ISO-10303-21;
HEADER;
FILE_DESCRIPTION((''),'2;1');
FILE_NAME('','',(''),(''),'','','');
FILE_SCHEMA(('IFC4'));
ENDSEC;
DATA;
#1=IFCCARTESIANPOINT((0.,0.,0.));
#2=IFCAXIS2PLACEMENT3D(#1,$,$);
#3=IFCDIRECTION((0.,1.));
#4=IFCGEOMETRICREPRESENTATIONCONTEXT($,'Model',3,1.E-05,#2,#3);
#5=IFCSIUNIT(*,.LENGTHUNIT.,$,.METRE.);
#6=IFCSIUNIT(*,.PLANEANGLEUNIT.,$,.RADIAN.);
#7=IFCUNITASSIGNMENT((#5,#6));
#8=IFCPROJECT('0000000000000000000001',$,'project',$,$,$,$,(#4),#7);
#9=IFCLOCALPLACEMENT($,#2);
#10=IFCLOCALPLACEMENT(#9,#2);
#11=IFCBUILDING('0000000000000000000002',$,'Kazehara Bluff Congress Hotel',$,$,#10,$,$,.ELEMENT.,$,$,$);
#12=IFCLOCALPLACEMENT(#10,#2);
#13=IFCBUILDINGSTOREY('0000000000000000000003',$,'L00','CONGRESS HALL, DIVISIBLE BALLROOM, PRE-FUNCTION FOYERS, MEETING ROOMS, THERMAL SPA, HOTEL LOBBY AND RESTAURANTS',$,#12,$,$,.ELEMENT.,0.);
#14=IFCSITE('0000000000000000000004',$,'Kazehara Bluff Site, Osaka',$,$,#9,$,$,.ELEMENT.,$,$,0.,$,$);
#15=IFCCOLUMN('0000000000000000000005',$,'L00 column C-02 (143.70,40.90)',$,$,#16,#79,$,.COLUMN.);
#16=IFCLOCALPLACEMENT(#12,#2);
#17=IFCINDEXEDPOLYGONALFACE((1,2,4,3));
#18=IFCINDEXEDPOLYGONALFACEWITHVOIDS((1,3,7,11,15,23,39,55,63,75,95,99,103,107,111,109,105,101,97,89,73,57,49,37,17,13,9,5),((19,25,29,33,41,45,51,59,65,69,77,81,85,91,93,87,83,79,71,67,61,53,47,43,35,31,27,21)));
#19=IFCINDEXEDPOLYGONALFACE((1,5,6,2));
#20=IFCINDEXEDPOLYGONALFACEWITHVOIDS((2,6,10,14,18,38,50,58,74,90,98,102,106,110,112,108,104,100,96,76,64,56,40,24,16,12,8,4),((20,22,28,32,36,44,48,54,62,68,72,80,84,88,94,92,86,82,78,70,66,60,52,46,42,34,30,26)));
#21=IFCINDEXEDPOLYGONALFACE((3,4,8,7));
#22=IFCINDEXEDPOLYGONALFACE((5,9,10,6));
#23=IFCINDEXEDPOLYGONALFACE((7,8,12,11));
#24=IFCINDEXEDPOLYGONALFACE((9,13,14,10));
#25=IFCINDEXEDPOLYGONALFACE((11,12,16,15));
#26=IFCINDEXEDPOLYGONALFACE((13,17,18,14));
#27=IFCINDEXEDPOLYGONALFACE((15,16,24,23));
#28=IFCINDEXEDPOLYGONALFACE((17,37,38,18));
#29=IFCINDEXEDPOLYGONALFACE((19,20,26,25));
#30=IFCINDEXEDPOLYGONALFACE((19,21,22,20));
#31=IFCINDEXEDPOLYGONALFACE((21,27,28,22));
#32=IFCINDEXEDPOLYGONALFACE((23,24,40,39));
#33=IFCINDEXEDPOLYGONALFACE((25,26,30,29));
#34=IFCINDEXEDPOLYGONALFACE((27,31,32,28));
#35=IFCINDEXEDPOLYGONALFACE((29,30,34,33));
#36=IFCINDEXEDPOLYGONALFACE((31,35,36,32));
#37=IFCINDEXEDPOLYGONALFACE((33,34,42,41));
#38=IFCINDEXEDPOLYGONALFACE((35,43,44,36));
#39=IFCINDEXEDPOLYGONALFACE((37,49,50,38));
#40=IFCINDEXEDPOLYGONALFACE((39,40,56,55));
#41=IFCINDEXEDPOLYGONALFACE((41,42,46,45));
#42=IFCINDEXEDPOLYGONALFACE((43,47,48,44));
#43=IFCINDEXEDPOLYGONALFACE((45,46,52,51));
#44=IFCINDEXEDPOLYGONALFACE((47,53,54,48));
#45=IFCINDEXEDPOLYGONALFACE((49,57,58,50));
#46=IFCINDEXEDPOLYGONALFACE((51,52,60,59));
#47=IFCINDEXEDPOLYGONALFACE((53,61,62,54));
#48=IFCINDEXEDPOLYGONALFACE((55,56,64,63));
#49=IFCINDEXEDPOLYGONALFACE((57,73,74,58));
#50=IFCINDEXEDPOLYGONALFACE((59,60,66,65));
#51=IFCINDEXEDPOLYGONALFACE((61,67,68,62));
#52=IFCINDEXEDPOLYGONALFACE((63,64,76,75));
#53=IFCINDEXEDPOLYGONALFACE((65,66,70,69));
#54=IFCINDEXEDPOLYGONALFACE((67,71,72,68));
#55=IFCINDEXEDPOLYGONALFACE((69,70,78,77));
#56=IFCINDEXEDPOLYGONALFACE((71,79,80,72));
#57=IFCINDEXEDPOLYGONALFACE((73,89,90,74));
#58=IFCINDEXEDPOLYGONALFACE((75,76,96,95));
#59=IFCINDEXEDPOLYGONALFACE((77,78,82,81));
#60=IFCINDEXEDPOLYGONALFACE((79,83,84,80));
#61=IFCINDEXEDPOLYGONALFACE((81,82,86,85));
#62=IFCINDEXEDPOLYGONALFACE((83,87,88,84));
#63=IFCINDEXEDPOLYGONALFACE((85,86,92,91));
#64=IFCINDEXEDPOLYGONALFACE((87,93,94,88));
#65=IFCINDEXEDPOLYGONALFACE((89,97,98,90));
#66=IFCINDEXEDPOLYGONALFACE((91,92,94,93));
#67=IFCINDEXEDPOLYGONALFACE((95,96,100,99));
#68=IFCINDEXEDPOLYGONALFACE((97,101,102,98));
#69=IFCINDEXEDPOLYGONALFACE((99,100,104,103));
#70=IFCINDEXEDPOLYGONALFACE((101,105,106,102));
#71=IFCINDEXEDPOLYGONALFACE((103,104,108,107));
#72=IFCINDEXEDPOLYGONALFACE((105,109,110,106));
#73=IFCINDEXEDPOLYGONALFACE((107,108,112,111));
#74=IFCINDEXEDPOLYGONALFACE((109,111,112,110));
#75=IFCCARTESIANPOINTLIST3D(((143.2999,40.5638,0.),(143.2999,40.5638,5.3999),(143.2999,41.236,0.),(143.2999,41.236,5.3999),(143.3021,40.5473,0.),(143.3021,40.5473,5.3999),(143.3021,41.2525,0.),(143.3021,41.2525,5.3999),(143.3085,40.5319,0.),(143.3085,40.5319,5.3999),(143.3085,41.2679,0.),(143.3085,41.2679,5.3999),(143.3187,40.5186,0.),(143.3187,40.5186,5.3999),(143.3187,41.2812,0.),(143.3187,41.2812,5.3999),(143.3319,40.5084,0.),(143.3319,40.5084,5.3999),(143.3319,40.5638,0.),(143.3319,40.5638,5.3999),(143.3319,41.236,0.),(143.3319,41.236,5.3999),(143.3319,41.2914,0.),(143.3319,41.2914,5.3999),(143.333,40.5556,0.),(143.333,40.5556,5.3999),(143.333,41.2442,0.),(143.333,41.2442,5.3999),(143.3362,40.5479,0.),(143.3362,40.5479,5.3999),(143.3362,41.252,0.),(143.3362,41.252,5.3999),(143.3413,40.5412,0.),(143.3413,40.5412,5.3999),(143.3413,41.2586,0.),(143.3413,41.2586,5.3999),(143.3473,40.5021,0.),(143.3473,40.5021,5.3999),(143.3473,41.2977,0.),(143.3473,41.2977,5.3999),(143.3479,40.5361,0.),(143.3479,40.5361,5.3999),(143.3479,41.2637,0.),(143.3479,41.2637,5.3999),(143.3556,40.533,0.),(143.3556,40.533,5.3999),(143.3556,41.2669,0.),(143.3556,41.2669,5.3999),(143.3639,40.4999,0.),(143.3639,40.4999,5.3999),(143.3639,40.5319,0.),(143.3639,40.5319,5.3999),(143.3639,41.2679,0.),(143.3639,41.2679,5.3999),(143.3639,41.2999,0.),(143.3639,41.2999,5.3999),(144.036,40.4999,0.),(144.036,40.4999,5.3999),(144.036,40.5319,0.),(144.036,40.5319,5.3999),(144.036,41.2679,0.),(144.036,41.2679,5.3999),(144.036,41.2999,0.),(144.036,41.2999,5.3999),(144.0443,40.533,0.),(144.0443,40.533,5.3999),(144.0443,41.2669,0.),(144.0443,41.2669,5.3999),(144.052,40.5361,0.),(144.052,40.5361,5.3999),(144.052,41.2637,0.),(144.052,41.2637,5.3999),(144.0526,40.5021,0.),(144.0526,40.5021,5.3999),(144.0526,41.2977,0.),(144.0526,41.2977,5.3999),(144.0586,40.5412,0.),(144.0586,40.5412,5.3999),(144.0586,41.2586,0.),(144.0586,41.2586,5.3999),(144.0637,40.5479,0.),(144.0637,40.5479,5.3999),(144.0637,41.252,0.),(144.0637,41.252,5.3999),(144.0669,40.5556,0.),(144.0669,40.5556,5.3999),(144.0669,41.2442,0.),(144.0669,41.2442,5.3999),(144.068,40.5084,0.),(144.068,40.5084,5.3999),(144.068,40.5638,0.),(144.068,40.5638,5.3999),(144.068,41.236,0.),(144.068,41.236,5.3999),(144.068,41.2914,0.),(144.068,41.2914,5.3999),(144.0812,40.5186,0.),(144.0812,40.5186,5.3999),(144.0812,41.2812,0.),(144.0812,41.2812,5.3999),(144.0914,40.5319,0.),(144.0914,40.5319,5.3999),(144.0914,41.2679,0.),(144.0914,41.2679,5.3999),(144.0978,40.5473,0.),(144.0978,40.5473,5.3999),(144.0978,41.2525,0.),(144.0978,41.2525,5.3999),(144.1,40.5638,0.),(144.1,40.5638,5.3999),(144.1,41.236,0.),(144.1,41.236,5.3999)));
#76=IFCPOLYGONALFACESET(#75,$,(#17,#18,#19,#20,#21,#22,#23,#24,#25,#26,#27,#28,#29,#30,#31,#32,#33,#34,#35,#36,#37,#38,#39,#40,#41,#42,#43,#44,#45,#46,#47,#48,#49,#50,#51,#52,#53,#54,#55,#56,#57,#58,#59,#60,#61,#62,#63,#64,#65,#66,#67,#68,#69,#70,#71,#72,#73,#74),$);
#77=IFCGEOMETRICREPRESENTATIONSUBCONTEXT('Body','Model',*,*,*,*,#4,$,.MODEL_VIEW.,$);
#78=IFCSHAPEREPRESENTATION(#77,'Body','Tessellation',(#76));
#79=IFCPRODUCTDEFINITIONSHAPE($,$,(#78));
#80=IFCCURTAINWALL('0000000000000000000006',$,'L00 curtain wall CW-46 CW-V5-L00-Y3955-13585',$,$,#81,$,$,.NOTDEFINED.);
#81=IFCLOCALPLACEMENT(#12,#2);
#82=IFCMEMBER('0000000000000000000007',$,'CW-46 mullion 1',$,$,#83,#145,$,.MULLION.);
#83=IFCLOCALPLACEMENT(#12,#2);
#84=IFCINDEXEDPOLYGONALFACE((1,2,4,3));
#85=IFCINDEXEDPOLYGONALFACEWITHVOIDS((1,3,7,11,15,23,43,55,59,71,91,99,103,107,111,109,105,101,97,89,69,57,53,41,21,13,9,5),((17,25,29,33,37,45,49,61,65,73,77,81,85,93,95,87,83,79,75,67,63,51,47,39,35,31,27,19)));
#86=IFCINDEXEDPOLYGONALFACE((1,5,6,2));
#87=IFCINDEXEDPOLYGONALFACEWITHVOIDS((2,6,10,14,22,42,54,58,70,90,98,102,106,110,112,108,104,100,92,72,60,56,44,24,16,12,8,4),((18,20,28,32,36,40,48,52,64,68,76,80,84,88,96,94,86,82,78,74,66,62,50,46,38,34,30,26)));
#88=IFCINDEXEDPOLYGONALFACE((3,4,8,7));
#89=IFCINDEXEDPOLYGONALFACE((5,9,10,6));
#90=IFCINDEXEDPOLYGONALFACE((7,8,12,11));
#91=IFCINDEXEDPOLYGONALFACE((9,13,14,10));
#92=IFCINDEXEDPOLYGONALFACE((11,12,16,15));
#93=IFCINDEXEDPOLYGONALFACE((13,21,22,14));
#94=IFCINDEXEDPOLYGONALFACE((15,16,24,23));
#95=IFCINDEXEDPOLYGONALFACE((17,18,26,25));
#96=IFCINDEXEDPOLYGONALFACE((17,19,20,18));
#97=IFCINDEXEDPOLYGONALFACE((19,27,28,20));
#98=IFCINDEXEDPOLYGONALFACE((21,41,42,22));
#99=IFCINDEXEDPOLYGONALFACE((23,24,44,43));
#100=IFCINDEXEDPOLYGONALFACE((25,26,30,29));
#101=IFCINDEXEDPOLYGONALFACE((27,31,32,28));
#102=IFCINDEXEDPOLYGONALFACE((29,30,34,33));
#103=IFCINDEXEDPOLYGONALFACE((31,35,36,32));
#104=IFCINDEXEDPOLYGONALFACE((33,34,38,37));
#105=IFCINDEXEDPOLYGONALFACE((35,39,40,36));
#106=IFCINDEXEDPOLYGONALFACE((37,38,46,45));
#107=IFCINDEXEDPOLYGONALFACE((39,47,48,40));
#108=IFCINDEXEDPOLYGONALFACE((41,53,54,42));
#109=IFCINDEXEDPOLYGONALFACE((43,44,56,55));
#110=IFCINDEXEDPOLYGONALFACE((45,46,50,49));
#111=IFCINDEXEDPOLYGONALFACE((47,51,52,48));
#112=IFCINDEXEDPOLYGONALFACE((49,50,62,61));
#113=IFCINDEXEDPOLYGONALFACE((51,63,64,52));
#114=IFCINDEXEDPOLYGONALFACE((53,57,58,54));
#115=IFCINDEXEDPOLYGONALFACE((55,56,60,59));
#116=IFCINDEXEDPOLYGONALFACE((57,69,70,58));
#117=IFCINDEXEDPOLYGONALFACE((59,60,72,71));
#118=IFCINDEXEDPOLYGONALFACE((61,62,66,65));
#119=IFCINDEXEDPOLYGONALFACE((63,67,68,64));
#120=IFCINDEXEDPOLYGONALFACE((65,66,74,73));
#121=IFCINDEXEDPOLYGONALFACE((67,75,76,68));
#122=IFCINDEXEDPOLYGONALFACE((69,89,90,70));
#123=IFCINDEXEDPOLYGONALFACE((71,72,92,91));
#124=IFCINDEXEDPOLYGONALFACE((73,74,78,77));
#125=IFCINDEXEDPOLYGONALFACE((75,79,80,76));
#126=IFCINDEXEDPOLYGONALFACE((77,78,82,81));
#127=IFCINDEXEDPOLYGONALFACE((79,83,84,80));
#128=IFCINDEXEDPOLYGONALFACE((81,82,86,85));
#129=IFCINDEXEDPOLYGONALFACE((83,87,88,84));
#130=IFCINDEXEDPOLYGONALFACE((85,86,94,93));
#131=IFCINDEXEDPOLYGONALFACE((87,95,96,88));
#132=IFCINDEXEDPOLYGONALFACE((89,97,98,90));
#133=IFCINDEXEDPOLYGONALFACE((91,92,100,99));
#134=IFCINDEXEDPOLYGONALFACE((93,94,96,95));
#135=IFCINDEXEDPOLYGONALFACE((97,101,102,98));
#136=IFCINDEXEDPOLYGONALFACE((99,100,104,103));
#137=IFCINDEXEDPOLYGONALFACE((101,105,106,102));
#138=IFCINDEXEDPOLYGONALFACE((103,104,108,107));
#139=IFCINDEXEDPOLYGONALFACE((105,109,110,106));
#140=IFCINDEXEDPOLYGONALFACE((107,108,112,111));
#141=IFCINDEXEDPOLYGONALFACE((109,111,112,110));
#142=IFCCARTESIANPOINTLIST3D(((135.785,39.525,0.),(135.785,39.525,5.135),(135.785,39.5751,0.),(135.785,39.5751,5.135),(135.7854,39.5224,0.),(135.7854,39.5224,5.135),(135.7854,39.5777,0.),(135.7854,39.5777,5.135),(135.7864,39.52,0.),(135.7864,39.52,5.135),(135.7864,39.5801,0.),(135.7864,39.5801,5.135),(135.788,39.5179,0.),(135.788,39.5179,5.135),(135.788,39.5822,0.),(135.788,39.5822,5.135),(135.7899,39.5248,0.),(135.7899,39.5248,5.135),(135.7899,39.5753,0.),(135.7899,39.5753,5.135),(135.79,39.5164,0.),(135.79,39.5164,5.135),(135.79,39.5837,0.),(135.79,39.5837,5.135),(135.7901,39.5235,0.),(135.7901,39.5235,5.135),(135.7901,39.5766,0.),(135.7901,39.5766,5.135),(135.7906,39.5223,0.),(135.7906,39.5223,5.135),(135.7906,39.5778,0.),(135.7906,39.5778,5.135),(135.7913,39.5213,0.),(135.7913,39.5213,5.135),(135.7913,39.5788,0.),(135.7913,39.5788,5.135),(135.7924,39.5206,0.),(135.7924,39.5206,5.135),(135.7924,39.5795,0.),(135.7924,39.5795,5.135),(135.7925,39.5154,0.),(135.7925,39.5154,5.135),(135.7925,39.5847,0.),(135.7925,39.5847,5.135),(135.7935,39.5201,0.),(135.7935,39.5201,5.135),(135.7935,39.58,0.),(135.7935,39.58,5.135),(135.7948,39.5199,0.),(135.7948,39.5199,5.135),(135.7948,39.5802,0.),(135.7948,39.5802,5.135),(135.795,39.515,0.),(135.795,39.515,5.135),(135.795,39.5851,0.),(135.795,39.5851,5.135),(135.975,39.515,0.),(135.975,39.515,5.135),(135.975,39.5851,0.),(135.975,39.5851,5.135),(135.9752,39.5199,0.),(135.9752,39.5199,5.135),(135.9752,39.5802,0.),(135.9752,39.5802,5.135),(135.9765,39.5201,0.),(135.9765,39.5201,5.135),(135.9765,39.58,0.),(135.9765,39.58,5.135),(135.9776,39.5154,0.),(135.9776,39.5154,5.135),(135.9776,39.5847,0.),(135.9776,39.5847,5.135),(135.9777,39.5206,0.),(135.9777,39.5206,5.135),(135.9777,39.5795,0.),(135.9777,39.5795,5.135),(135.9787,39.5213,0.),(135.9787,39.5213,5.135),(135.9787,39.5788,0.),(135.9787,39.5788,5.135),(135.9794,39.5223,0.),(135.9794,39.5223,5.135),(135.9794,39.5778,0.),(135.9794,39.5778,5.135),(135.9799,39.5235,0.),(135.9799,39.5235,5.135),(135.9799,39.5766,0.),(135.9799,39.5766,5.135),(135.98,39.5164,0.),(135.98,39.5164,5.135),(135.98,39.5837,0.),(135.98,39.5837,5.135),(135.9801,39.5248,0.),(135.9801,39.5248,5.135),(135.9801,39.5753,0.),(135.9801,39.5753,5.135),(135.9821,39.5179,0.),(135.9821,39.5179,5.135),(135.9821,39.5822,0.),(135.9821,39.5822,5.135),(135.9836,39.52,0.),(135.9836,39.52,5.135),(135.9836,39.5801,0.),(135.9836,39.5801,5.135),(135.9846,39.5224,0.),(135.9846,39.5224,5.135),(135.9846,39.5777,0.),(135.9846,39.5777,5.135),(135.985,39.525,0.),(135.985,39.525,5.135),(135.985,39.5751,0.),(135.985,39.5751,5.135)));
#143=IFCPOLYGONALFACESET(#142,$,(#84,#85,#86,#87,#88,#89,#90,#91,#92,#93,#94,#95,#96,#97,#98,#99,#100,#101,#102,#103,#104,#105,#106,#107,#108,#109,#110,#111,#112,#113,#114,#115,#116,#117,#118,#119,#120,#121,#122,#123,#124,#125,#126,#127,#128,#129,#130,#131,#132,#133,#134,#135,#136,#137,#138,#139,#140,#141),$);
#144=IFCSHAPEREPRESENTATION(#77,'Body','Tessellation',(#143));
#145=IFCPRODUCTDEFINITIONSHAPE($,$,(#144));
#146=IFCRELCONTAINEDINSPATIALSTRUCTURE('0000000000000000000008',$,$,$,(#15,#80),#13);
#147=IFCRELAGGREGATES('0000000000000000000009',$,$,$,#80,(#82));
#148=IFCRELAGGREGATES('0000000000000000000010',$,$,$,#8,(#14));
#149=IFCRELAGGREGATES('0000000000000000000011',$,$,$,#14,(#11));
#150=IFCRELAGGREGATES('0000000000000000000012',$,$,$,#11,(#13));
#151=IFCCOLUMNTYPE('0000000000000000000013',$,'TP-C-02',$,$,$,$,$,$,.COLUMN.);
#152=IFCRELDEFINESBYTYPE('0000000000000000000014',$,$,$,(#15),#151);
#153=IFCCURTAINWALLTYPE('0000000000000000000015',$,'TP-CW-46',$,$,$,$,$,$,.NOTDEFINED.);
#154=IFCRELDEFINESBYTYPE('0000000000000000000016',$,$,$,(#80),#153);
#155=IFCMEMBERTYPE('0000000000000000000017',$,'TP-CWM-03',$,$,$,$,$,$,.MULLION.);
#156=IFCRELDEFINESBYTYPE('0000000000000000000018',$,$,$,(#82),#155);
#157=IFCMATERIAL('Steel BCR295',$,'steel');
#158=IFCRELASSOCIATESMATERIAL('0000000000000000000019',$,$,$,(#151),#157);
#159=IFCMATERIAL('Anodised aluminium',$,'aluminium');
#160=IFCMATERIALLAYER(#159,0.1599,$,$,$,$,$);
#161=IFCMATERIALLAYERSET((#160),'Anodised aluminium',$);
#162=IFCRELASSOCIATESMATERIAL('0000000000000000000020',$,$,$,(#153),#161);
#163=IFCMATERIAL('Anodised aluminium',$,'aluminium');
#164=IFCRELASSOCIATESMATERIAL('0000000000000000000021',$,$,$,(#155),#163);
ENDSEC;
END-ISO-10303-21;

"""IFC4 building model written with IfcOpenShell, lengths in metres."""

from ifc_helpers import new_model, si_unit, direction, frame, origin, origin_2d, place, context, subcontext, project, spatial, hollow_rectangle, extrude, material, layer, layer_set, material_profile, profile_set, type_object, element, aggregate, save


model = new_model("IFC4")

# Units and contexts
model_context = context("Model", 3, precision=1e-05, world=origin(), true_north=direction((0.0, 1.0)))
body_context = subcontext(model_context, "Body", "Model", "MODEL_VIEW")
ifc_project = project(units=[si_unit("LENGTHUNIT", "METRE"), si_unit("PLANEANGLEUNIT", "RADIAN")], contexts=[model_context])

# Site, building, storey
site_placement = place(None, origin())
site = spatial("IfcSite", under=ifc_project, at=site_placement, Name="Kazehara Bluff Site, Osaka", CompositionType="ELEMENT", RefElevation=0.0)
building_placement = place(site_placement, origin())
building = spatial("IfcBuilding", under=site, at=building_placement, Name="Kazehara Bluff Congress Hotel", CompositionType="ELEMENT")
storey_placement = place(building_placement, origin())
storey = spatial("IfcBuildingStorey", under=building, at=storey_placement, Name="L00", Description="CONGRESS HALL, DIVISIBLE BALLROOM, PRE-FUNCTION FOYERS, MEETING ROOMS, THERMAL SPA, HOTEL LOBBY AND RESTAURANTS", CompositionType="ELEMENT", Elevation=0.0)

# Column
ifc_material_1 = material(Name="Steel BCR295", Category="steel")
ifc_material_profile_1 = material_profile(ifc_material_1, hollow_rectangle(XDim=0.8, YDim=0.8, WallThickness=0.032, InnerFilletRadius=0.032, OuterFilletRadius=0.064, at=origin_2d()))
ifc_profile_set_1 = profile_set([ifc_material_profile_1], Name="Steel BCR295")
column_type = type_object("IfcColumnType", Name="TP-C-02", PredefinedType="COLUMN", material=ifc_profile_set_1)
column_placement = place(storey_placement, frame((143.7, 40.8999, 0.0), z_axis=(0.0, 0.0, 1.0), x_axis=(1.0, 0.0, 0.0)))
element("IfcColumn", 1, at=column_placement, inside=storey, type_object=column_type, Name="L00 column C-02 (143.70,40.90)", PredefinedType="COLUMN", context=body_context, shape_type="SweptSolid", body=[
    extrude(hollow_rectangle(XDim=0.8, YDim=0.8, WallThickness=0.032, InnerFilletRadius=0.032, OuterFilletRadius=0.064, at=origin_2d()), origin(), (0.0, 0.0, 1.0), 5.3999),
])

# Curtain wall, member
ifc_material_2 = material(Name="Anodised aluminium", Category="aluminium")
ifc_layer_1 = layer(ifc_material_2, 0.1599)
ifc_layer_set_1 = layer_set([ifc_layer_1], Name="Anodised aluminium")
curtain_wall_type = type_object("IfcCurtainWallType", Name="TP-CW-46", PredefinedType="NOTDEFINED", material=ifc_layer_set_1)
curtain_wall_placement = place(storey_placement, origin())
curtain_wall = element("IfcCurtainWall", 2, at=curtain_wall_placement, inside=storey, type_object=curtain_wall_type, Name="L00 curtain wall CW-46 CW-V5-L00-Y3955-13585", PredefinedType="NOTDEFINED")
ifc_material_3 = material(Name="Anodised aluminium", Category="aluminium")
ifc_material_profile_2 = material_profile(ifc_material_3, hollow_rectangle(XDim=0.0701, YDim=0.2, WallThickness=0.0049, InnerFilletRadius=0.0049, OuterFilletRadius=0.01, at=origin_2d()))
ifc_profile_set_2 = profile_set([ifc_material_profile_2], Name="Anodised aluminium")
member_type_1 = type_object("IfcMemberType", Name="TP-CWM-03", PredefinedType="MULLION", material=ifc_profile_set_2)
member_1_placement = place(storey_placement, frame((135.885, 39.55, 0.0), z_axis=(0.0, 0.0, 1.0), x_axis=(0.0, 1.0, 0.0)))
member_1 = element("IfcMember", 3, at=member_1_placement, type_object=member_type_1, Name="CW-46 mullion 1", PredefinedType="MULLION", context=body_context, shape_type="SweptSolid", body=[
    extrude(hollow_rectangle(XDim=0.0701, YDim=0.2, WallThickness=0.0049, InnerFilletRadius=0.0049, OuterFilletRadius=0.01, at=origin_2d()), origin(), (0.0, 0.0, 1.0), 5.135),
])

aggregate(curtain_wall, [member_1])

save(model, "model.ifc")
